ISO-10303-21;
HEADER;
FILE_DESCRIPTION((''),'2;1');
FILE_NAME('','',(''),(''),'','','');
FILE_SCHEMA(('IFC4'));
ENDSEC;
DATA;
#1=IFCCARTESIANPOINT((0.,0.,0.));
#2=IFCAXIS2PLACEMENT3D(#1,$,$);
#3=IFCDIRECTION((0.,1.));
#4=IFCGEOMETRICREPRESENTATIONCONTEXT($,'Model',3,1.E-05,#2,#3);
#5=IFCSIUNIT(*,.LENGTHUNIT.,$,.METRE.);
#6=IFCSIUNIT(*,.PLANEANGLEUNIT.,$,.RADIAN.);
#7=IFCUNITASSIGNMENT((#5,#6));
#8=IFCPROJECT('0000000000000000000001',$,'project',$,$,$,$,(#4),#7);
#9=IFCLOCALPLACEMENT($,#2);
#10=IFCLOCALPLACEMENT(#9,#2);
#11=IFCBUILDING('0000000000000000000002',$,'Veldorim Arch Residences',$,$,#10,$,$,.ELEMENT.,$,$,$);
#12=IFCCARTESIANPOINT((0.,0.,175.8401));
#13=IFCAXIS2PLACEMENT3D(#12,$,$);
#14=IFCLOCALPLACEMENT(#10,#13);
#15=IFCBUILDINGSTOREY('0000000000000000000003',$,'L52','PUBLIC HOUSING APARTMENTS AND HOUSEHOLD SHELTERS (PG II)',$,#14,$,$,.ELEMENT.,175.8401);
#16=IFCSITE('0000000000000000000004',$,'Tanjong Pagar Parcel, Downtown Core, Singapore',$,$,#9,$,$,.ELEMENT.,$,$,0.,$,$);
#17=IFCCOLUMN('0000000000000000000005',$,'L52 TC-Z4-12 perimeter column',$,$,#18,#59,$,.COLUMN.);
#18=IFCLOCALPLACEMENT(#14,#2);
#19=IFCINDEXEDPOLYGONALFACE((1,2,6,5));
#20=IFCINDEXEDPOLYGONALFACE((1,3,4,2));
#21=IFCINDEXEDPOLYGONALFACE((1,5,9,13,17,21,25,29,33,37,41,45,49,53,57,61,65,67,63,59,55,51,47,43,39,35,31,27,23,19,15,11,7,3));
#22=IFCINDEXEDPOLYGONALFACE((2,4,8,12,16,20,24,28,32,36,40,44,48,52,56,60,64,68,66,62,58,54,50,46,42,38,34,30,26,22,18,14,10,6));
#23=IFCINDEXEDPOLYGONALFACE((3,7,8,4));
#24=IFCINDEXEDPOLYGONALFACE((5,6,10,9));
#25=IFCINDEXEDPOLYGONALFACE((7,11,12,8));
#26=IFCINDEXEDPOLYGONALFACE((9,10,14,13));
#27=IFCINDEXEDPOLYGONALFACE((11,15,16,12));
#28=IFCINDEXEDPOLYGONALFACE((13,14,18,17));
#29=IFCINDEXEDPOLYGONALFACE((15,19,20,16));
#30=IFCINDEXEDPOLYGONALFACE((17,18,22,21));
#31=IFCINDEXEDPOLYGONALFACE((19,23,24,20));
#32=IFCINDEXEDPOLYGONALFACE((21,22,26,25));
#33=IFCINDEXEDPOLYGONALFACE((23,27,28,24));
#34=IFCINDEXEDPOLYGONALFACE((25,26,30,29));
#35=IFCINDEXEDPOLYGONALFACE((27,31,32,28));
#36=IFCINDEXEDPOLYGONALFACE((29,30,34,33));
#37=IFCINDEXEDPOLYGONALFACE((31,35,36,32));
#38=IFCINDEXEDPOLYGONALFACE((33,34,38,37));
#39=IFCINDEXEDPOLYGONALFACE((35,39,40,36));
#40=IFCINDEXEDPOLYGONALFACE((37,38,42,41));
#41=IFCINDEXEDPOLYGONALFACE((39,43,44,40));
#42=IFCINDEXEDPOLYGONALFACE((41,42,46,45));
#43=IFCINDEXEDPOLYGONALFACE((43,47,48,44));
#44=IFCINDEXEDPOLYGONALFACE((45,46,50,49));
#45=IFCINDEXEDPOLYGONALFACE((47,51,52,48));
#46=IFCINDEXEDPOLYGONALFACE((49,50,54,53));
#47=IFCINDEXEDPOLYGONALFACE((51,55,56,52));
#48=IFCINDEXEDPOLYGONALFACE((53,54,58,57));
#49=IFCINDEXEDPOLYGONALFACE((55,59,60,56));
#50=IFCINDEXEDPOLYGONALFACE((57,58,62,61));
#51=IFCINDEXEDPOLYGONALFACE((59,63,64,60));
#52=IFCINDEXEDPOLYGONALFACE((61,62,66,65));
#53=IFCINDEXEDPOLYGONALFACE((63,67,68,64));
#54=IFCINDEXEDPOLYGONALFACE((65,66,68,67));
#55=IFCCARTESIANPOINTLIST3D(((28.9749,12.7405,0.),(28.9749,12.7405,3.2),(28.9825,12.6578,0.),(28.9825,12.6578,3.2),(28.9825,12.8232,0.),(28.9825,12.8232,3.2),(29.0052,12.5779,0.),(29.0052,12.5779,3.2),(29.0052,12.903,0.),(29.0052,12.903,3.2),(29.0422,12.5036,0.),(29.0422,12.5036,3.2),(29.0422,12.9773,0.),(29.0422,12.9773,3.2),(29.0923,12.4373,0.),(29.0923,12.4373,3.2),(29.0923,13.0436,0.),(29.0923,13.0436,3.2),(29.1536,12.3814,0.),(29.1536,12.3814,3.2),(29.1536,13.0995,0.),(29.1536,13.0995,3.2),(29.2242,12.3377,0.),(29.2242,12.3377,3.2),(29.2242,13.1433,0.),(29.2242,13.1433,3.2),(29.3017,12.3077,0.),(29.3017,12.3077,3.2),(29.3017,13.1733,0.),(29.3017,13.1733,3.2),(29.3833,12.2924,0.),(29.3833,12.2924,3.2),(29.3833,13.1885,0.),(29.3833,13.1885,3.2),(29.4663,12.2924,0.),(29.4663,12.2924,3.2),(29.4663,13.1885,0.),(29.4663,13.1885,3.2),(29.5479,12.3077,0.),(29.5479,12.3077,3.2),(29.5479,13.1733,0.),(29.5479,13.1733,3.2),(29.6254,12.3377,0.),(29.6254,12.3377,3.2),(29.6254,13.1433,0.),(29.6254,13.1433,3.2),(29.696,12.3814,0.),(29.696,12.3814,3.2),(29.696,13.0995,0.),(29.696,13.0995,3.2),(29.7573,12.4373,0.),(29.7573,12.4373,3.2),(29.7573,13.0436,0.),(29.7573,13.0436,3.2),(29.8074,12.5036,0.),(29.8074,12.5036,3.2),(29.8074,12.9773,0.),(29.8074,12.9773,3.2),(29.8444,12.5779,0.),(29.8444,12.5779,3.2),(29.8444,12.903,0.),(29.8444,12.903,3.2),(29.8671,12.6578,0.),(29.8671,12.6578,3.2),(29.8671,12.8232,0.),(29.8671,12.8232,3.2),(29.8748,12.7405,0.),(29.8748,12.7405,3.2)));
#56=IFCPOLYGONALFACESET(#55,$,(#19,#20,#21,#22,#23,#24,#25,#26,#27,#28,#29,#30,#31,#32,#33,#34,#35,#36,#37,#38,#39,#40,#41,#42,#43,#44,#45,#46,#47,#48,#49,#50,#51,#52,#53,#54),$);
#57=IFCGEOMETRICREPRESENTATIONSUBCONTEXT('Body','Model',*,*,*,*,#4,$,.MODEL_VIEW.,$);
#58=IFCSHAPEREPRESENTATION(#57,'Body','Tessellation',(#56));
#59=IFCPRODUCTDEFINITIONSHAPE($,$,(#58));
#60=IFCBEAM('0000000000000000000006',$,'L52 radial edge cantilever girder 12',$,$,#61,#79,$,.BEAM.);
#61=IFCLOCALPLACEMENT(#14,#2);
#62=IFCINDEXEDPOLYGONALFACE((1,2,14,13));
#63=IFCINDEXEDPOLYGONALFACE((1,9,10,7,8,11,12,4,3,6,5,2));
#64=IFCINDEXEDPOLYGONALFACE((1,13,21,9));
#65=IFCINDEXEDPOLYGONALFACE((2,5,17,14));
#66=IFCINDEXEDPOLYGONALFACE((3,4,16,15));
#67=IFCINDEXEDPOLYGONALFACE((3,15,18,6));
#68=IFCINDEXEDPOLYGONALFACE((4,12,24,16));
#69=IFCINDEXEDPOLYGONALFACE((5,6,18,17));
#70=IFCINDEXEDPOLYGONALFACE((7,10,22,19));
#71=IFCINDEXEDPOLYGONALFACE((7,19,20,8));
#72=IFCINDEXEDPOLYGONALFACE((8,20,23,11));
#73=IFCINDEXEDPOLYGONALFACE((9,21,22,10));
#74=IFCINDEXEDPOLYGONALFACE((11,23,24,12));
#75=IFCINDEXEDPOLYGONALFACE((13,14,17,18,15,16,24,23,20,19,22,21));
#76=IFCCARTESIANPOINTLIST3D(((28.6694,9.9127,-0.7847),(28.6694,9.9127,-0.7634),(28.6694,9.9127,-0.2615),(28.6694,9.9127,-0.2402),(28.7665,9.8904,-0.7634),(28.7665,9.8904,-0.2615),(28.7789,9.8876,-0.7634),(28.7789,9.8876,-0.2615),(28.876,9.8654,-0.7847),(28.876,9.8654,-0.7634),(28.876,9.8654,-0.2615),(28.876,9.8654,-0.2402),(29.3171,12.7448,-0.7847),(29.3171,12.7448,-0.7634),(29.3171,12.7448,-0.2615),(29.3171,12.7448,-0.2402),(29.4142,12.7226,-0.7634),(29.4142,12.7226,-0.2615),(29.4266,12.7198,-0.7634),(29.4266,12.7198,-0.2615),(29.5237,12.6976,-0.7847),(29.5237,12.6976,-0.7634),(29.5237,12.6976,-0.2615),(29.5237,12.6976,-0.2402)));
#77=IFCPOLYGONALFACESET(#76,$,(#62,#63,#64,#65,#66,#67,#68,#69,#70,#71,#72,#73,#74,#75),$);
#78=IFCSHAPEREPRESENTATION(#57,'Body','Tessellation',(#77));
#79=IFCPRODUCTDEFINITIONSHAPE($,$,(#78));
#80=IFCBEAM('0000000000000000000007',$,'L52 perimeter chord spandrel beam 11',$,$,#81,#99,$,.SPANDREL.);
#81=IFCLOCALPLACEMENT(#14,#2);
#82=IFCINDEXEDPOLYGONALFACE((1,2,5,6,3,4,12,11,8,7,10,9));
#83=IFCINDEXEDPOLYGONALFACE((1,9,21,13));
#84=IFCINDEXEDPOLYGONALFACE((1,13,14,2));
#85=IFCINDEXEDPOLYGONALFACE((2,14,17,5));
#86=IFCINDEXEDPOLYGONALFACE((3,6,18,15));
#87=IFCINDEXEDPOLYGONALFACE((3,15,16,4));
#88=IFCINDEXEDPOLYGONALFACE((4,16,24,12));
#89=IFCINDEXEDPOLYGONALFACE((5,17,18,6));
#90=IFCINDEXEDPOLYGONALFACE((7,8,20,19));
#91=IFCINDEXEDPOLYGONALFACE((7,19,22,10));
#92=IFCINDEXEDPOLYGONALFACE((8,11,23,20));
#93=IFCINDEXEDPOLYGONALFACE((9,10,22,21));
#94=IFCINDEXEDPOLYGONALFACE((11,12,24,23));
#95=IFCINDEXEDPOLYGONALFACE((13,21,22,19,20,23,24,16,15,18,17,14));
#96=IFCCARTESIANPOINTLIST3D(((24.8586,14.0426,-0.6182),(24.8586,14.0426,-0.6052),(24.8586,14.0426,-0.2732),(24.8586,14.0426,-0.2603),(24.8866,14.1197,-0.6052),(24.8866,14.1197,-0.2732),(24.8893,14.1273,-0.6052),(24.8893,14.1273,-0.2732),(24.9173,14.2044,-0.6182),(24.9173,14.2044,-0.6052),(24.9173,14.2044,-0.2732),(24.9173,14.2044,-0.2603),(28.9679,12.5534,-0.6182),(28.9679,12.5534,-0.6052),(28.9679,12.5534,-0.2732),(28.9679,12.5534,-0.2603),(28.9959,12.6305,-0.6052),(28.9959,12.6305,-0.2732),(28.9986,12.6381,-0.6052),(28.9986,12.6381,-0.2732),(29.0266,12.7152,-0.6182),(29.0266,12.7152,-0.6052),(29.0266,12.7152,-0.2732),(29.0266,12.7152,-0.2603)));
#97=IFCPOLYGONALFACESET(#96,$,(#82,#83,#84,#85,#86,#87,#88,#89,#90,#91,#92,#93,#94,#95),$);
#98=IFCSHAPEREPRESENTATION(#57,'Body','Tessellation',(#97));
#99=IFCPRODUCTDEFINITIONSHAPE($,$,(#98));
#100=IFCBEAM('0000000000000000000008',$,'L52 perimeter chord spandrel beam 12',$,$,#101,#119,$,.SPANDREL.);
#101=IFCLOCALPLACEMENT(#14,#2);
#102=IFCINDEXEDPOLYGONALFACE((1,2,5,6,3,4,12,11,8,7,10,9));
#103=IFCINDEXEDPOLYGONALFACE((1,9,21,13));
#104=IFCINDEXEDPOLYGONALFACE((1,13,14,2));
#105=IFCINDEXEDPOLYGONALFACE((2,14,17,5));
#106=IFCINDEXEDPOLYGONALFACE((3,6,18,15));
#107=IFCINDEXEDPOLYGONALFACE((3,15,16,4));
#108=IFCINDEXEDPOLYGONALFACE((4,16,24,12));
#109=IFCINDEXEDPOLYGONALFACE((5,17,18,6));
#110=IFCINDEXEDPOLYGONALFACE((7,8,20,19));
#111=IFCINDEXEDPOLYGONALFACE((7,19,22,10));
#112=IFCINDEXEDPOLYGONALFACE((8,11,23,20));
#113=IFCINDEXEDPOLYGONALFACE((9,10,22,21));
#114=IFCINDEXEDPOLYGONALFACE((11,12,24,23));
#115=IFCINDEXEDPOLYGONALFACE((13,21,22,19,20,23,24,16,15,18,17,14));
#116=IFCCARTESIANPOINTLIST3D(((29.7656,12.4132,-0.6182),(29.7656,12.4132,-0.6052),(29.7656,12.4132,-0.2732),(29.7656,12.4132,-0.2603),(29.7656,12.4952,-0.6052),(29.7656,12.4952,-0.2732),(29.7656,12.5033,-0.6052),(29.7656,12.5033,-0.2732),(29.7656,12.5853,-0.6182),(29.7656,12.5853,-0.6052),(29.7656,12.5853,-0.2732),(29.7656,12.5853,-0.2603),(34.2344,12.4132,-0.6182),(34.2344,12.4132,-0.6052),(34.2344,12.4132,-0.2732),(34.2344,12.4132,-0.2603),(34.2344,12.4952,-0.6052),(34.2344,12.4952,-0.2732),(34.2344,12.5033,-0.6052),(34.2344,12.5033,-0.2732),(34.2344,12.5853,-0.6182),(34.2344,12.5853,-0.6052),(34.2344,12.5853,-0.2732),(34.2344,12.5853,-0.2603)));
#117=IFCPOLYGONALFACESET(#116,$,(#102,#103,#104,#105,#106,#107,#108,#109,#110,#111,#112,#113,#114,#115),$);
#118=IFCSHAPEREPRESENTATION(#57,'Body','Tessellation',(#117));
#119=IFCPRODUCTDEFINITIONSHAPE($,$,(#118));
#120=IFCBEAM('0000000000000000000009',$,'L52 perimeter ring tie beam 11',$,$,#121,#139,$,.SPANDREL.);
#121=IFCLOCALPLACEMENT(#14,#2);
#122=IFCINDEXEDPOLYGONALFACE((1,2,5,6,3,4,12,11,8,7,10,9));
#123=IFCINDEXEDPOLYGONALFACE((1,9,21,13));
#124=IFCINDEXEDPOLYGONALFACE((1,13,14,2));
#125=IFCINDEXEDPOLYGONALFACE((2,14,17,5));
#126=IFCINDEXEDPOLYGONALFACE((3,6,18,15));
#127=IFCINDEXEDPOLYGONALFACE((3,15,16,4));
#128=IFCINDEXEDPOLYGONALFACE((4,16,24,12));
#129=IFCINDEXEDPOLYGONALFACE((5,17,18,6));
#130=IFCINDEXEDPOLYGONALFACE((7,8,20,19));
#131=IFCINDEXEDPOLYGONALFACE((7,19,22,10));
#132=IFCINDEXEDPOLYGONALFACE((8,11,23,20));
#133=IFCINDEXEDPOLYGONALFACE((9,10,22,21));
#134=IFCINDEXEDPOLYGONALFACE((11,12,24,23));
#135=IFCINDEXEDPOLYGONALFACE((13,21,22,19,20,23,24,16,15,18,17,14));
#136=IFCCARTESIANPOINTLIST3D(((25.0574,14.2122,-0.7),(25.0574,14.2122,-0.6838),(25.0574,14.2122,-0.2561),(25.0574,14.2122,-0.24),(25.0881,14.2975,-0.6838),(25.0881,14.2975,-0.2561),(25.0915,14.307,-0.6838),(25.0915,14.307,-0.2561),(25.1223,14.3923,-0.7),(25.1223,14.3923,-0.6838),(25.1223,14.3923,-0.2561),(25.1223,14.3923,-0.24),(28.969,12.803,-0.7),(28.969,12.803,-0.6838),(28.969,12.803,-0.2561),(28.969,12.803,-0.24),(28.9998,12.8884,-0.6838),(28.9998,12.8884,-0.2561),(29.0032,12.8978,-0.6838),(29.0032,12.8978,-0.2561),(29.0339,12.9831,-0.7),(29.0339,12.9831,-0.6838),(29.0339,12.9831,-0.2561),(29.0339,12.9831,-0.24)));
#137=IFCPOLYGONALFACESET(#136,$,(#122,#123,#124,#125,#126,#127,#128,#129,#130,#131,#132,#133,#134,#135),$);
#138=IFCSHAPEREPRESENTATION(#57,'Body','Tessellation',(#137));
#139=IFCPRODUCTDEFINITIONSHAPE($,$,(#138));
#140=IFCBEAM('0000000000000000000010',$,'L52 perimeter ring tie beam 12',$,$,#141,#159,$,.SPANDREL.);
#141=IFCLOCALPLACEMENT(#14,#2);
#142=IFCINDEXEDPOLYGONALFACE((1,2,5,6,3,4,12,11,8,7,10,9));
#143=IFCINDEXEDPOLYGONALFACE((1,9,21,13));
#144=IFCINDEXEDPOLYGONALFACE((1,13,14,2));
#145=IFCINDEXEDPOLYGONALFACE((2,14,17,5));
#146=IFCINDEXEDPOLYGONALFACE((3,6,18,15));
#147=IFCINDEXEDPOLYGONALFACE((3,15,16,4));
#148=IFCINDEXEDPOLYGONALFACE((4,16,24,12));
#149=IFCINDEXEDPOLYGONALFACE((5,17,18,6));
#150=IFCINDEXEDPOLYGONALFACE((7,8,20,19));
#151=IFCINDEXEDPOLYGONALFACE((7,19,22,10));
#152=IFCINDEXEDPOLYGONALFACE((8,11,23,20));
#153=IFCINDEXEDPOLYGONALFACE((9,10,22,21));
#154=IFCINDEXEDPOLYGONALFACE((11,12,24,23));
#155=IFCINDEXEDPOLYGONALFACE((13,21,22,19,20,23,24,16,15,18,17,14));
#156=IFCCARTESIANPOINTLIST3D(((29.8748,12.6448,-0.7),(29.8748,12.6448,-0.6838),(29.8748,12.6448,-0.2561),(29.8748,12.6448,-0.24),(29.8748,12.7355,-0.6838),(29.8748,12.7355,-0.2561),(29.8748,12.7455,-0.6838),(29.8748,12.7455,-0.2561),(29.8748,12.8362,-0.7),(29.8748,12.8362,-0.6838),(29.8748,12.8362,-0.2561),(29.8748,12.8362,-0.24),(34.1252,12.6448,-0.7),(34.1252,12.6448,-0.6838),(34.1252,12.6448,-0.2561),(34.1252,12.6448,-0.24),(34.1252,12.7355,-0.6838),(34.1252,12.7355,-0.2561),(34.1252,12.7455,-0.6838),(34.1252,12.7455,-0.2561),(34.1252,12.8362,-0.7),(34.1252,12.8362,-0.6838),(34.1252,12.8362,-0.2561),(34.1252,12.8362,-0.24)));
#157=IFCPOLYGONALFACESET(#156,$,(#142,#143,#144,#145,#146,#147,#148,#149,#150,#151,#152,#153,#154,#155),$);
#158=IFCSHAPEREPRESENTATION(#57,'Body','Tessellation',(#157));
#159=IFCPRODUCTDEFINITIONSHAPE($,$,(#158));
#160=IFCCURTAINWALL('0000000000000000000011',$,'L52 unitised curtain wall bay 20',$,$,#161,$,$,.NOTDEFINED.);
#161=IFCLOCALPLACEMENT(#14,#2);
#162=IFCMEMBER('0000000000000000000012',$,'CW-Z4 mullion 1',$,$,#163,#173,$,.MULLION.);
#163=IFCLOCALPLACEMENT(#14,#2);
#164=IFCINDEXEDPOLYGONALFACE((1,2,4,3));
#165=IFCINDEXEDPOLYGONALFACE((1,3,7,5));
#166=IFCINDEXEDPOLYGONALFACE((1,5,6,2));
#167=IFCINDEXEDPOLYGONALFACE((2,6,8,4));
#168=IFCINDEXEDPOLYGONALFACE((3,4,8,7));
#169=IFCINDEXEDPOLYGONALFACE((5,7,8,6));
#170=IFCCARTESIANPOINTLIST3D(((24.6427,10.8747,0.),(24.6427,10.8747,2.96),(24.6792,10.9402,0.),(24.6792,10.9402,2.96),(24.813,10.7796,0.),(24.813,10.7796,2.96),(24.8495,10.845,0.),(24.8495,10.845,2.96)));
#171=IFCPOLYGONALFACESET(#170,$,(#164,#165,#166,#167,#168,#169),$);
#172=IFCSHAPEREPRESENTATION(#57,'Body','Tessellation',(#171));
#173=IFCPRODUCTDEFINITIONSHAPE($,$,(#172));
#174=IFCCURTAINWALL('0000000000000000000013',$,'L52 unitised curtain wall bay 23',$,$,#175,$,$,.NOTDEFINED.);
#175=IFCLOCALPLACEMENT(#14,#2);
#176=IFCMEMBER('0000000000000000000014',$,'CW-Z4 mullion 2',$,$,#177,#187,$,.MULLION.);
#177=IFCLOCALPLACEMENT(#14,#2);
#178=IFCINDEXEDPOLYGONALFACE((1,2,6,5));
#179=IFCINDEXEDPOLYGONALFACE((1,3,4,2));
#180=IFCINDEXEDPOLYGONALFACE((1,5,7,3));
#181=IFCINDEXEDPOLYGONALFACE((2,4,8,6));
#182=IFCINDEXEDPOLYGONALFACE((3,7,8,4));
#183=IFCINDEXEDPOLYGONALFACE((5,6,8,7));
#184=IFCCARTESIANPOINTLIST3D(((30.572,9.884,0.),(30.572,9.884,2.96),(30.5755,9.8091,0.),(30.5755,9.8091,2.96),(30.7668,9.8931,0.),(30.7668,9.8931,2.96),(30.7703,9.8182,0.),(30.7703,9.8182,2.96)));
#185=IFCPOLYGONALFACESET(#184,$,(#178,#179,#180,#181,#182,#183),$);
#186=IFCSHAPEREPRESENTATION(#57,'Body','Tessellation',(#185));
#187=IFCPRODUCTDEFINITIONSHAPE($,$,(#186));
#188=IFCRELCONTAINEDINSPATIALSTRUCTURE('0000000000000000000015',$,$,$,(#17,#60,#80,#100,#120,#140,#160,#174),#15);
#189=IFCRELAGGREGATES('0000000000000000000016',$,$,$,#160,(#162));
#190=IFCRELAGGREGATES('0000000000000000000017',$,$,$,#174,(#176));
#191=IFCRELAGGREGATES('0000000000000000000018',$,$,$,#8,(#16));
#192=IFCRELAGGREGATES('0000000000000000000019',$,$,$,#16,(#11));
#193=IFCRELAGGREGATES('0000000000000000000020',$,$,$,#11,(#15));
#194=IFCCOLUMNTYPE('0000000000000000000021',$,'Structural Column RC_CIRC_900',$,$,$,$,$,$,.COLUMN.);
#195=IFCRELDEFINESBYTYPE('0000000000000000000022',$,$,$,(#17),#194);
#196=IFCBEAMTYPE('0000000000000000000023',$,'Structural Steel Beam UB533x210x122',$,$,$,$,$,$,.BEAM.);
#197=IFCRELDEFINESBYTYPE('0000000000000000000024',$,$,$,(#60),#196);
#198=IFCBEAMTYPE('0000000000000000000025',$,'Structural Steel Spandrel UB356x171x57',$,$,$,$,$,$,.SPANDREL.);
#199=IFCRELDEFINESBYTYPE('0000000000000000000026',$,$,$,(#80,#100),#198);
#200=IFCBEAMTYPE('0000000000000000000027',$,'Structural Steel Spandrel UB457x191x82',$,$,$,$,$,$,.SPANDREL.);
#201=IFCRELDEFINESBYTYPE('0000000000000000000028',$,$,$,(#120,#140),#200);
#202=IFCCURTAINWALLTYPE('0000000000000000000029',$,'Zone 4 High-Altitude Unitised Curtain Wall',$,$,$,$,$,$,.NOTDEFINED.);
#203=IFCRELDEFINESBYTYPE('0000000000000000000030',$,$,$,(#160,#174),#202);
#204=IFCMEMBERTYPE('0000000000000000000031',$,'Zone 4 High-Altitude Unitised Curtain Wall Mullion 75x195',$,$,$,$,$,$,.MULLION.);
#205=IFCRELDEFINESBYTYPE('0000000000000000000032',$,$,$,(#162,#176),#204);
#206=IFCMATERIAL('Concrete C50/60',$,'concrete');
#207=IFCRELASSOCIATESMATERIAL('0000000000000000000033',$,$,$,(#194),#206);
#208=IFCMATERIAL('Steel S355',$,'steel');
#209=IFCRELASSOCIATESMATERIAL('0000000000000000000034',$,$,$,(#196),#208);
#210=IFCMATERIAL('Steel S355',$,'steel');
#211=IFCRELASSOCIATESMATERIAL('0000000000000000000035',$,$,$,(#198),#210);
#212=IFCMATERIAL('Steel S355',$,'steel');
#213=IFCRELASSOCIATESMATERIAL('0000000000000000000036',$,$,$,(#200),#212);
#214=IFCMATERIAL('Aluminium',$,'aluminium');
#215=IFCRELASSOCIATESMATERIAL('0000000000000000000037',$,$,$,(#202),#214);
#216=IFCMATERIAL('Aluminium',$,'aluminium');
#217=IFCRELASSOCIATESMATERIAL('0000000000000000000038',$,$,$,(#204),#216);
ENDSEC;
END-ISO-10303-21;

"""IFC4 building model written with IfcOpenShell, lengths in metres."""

from ifc_helpers import new_model, si_unit, direction, frame, origin, origin_2d, place, context, subcontext, project, spatial, rectangle, circle, i_section, extrude, material, material_profile, profile_set, type_object, element, aggregate, save


model = new_model("IFC4")

# Units and contexts
model_context = context("Model", 3, precision=1e-05, world=origin(), true_north=direction((0.0, 1.0)))
body_context = subcontext(model_context, "Body", "Model", "MODEL_VIEW")
ifc_project = project(units=[si_unit("LENGTHUNIT", "METRE"), si_unit("PLANEANGLEUNIT", "RADIAN")], contexts=[model_context])

# Site, building, storey
site_placement = place(None, origin())
site = spatial("IfcSite", under=ifc_project, at=site_placement, Name="Tanjong Pagar Parcel, Downtown Core, Singapore", CompositionType="ELEMENT", RefElevation=0.0)
building_placement = place(site_placement, origin())
building = spatial("IfcBuilding", under=site, at=building_placement, Name="Veldorim Arch Residences", CompositionType="ELEMENT")
storey_placement = place(building_placement, frame((0.0, 0.0, 175.8401)))
storey = spatial("IfcBuildingStorey", under=building, at=storey_placement, Name="L52", Description="PUBLIC HOUSING APARTMENTS AND HOUSEHOLD SHELTERS (PG II)", CompositionType="ELEMENT", Elevation=175.8401)

# Column
ifc_material_1 = material(Name="Concrete C50/60", Category="concrete")
ifc_material_profile_1 = material_profile(ifc_material_1, circle(Radius=0.45, at=origin_2d()), Name="RC_CIRC_900")
ifc_profile_set_1 = profile_set([ifc_material_profile_1], Name="Concrete C50/60")
column_type = type_object("IfcColumnType", Name="Structural Column RC_CIRC_900", PredefinedType="COLUMN", material=ifc_profile_set_1)
column_placement = place(storey_placement, frame((29.4248, 12.7405, 0.0), z_axis=(0.0, 0.0, 1.0), x_axis=(1.0, 0.0, 0.0)))
element("IfcColumn", 1, at=column_placement, inside=storey, type_object=column_type, Name="L52 TC-Z4-12 perimeter column", PredefinedType="COLUMN", context=body_context, shape_type="SweptSolid", body=[
    extrude(circle(Radius=0.45, at=origin_2d()), origin(), (0.0, 0.0, 1.0), 3.2),
])

# Beams
ifc_material_2 = material(Name="Steel S355", Category="steel")
ifc_material_profile_2 = material_profile(ifc_material_2, i_section(OverallWidth=0.2119, OverallDepth=0.5444, WebThickness=0.0127, FlangeThickness=0.0212, at=origin_2d()), Name="UB533x210x122")
ifc_profile_set_2 = profile_set([ifc_material_profile_2], Name="Steel S355")
beam_type_1 = type_object("IfcBeamType", Name="Structural Steel Beam UB533x210x122", PredefinedType="BEAM", material=ifc_profile_set_2)
beam_1_placement = place(storey_placement, frame((29.4204, 12.7212, -0.5125), z_axis=(-0.222932, -0.974834, 0.0), x_axis=(0.974834, -0.222932, 0.0)))
element("IfcBeam", 2, at=beam_1_placement, inside=storey, type_object=beam_type_1, Name="L52 radial edge cantilever girder 12", PredefinedType="BEAM", context=body_context, shape_type="SweptSolid", body=[
    extrude(i_section(OverallWidth=0.2119, OverallDepth=0.5444, WebThickness=0.0127, FlangeThickness=0.0212, at=origin_2d()), origin(), (0.0, 0.0, 1.0), 2.9053),
])
ifc_material_3 = material(Name="Steel S355", Category="steel")
ifc_material_profile_3 = material_profile(ifc_material_3, i_section(OverallWidth=0.1721, OverallDepth=0.3579, WebThickness=0.0081, FlangeThickness=0.0129, at=origin_2d()), Name="UB356x171x57")
ifc_profile_set_3 = profile_set([ifc_material_profile_3], Name="Steel S355")
beam_type_2 = type_object("IfcBeamType", Name="Structural Steel Spandrel UB356x171x57", PredefinedType="SPANDREL", material=ifc_profile_set_3)
beam_2_placement = place(storey_placement, frame((24.8879, 14.1235, -0.4392), z_axis=(0.940165, -0.34072, 0.0), x_axis=(0.34072, 0.940165, 0.0)))
element("IfcBeam", 3, at=beam_2_placement, inside=storey, type_object=beam_type_2, Name="L52 perimeter chord spandrel beam 11", PredefinedType="SPANDREL", context=body_context, shape_type="SweptSolid", body=[
    extrude(i_section(OverallWidth=0.1721, OverallDepth=0.3579, WebThickness=0.0081, FlangeThickness=0.0129, at=origin_2d()), origin(), (0.0, 0.0, 1.0), 4.3708),
])
beam_3_placement = place(storey_placement, frame((29.7656, 12.4993, -0.4392), z_axis=(1.0, 0.0, 0.0), x_axis=(0.0, 1.0, 0.0)))
element("IfcBeam", 4, at=beam_3_placement, inside=storey, type_object=beam_type_2, Name="L52 perimeter chord spandrel beam 12", PredefinedType="SPANDREL", context=body_context, shape_type="SweptSolid", body=[
    extrude(i_section(OverallWidth=0.1721, OverallDepth=0.3579, WebThickness=0.0081, FlangeThickness=0.0129, at=origin_2d()), origin(), (0.0, 0.0, 1.0), 4.4688),
])
ifc_material_4 = material(Name="Steel S355", Category="steel")
ifc_material_profile_4 = material_profile(ifc_material_4, i_section(OverallWidth=0.1914, OverallDepth=0.46, WebThickness=0.01, FlangeThickness=0.0161, at=origin_2d()), Name="UB457x191x82")
ifc_profile_set_4 = profile_set([ifc_material_profile_4], Name="Steel S355")
beam_type_3 = type_object("IfcBeamType", Name="Structural Steel Spandrel UB457x191x82", PredefinedType="SPANDREL", material=ifc_profile_set_4)
beam_4_placement = place(storey_placement, frame((25.0898, 14.3022, -0.47), z_axis=(0.940811, -0.338932, 0.0), x_axis=(0.338932, 0.940811, 0.0)))
element("IfcBeam", 5, at=beam_4_placement, inside=storey, type_object=beam_type_3, Name="L52 perimeter ring tie beam 11", PredefinedType="SPANDREL", context=body_context, shape_type="SweptSolid", body=[
    extrude(i_section(OverallWidth=0.1914, OverallDepth=0.46, WebThickness=0.01, FlangeThickness=0.0161, at=origin_2d()), origin(), (0.0, 0.0, 1.0), 4.1577),
])
beam_5_placement = place(storey_placement, frame((29.8748, 12.7405, -0.47), z_axis=(1.0, 0.0, 0.0), x_axis=(0.0, 1.0, 0.0)))
element("IfcBeam", 6, at=beam_5_placement, inside=storey, type_object=beam_type_3, Name="L52 perimeter ring tie beam 12", PredefinedType="SPANDREL", context=body_context, shape_type="SweptSolid", body=[
    extrude(i_section(OverallWidth=0.1914, OverallDepth=0.46, WebThickness=0.01, FlangeThickness=0.0161, at=origin_2d()), origin(), (0.0, 0.0, 1.0), 4.2505),
])

# Curtain wall, member
ifc_material_5 = material(Name="Aluminium", Category="aluminium")
curtain_wall_type = type_object("IfcCurtainWallType", Name="Zone 4 High-Altitude Unitised Curtain Wall", PredefinedType="NOTDEFINED", material=ifc_material_5)
curtain_wall_1_placement = place(storey_placement, origin())
curtain_wall_1 = element("IfcCurtainWall", 7, at=curtain_wall_1_placement, inside=storey, type_object=curtain_wall_type, Name="L52 unitised curtain wall bay 20", PredefinedType="NOTDEFINED")
ifc_material_6 = material(Name="Aluminium", Category="aluminium")
ifc_material_profile_5 = material_profile(ifc_material_6, rectangle(XDim=0.075, YDim=0.1951, at=origin_2d()), Name="ALU_MUL_75x195")
ifc_profile_set_5 = profile_set([ifc_material_profile_5], Name="Aluminium")
member_type_1 = type_object("IfcMemberType", Name="Zone 4 High-Altitude Unitised Curtain Wall Mullion 75x195", PredefinedType="MULLION", material=ifc_profile_set_5)
member_1_placement = place(storey_placement, frame((24.7461, 10.8599, 0.0), z_axis=(0.0, 0.0, 1.0), x_axis=(-0.487736, -0.872991, 0.0)))
member_1 = element("IfcMember", 8, at=member_1_placement, type_object=member_type_1, Name="CW-Z4 mullion 1", PredefinedType="MULLION", context=body_context, shape_type="SweptSolid", body=[
    extrude(rectangle(XDim=0.075, YDim=0.1951, at=origin_2d()), origin(), (0.0, 0.0, 1.0), 2.96),
])
aggregate(curtain_wall_1, [member_1])

# Curtain wall, member
curtain_wall_2_placement = place(storey_placement, origin())
curtain_wall_2 = element("IfcCurtainWall", 9, at=curtain_wall_2_placement, inside=storey, type_object=curtain_wall_type, Name="L52 unitised curtain wall bay 23", PredefinedType="NOTDEFINED")
member_2_placement = place(storey_placement, frame((30.6711, 9.8511, 0.0), z_axis=(0.0, 0.0, 1.0), x_axis=(0.046678, -0.99891, 0.0)))
member_2 = element("IfcMember", 10, at=member_2_placement, type_object=member_type_1, Name="CW-Z4 mullion 2", PredefinedType="MULLION", context=body_context, shape_type="SweptSolid", body=[
    extrude(rectangle(XDim=0.075, YDim=0.1951, at=origin_2d()), origin(), (0.0, 0.0, 1.0), 2.96),
])
aggregate(curtain_wall_2, [member_2])

save(model, "model.ifc")
